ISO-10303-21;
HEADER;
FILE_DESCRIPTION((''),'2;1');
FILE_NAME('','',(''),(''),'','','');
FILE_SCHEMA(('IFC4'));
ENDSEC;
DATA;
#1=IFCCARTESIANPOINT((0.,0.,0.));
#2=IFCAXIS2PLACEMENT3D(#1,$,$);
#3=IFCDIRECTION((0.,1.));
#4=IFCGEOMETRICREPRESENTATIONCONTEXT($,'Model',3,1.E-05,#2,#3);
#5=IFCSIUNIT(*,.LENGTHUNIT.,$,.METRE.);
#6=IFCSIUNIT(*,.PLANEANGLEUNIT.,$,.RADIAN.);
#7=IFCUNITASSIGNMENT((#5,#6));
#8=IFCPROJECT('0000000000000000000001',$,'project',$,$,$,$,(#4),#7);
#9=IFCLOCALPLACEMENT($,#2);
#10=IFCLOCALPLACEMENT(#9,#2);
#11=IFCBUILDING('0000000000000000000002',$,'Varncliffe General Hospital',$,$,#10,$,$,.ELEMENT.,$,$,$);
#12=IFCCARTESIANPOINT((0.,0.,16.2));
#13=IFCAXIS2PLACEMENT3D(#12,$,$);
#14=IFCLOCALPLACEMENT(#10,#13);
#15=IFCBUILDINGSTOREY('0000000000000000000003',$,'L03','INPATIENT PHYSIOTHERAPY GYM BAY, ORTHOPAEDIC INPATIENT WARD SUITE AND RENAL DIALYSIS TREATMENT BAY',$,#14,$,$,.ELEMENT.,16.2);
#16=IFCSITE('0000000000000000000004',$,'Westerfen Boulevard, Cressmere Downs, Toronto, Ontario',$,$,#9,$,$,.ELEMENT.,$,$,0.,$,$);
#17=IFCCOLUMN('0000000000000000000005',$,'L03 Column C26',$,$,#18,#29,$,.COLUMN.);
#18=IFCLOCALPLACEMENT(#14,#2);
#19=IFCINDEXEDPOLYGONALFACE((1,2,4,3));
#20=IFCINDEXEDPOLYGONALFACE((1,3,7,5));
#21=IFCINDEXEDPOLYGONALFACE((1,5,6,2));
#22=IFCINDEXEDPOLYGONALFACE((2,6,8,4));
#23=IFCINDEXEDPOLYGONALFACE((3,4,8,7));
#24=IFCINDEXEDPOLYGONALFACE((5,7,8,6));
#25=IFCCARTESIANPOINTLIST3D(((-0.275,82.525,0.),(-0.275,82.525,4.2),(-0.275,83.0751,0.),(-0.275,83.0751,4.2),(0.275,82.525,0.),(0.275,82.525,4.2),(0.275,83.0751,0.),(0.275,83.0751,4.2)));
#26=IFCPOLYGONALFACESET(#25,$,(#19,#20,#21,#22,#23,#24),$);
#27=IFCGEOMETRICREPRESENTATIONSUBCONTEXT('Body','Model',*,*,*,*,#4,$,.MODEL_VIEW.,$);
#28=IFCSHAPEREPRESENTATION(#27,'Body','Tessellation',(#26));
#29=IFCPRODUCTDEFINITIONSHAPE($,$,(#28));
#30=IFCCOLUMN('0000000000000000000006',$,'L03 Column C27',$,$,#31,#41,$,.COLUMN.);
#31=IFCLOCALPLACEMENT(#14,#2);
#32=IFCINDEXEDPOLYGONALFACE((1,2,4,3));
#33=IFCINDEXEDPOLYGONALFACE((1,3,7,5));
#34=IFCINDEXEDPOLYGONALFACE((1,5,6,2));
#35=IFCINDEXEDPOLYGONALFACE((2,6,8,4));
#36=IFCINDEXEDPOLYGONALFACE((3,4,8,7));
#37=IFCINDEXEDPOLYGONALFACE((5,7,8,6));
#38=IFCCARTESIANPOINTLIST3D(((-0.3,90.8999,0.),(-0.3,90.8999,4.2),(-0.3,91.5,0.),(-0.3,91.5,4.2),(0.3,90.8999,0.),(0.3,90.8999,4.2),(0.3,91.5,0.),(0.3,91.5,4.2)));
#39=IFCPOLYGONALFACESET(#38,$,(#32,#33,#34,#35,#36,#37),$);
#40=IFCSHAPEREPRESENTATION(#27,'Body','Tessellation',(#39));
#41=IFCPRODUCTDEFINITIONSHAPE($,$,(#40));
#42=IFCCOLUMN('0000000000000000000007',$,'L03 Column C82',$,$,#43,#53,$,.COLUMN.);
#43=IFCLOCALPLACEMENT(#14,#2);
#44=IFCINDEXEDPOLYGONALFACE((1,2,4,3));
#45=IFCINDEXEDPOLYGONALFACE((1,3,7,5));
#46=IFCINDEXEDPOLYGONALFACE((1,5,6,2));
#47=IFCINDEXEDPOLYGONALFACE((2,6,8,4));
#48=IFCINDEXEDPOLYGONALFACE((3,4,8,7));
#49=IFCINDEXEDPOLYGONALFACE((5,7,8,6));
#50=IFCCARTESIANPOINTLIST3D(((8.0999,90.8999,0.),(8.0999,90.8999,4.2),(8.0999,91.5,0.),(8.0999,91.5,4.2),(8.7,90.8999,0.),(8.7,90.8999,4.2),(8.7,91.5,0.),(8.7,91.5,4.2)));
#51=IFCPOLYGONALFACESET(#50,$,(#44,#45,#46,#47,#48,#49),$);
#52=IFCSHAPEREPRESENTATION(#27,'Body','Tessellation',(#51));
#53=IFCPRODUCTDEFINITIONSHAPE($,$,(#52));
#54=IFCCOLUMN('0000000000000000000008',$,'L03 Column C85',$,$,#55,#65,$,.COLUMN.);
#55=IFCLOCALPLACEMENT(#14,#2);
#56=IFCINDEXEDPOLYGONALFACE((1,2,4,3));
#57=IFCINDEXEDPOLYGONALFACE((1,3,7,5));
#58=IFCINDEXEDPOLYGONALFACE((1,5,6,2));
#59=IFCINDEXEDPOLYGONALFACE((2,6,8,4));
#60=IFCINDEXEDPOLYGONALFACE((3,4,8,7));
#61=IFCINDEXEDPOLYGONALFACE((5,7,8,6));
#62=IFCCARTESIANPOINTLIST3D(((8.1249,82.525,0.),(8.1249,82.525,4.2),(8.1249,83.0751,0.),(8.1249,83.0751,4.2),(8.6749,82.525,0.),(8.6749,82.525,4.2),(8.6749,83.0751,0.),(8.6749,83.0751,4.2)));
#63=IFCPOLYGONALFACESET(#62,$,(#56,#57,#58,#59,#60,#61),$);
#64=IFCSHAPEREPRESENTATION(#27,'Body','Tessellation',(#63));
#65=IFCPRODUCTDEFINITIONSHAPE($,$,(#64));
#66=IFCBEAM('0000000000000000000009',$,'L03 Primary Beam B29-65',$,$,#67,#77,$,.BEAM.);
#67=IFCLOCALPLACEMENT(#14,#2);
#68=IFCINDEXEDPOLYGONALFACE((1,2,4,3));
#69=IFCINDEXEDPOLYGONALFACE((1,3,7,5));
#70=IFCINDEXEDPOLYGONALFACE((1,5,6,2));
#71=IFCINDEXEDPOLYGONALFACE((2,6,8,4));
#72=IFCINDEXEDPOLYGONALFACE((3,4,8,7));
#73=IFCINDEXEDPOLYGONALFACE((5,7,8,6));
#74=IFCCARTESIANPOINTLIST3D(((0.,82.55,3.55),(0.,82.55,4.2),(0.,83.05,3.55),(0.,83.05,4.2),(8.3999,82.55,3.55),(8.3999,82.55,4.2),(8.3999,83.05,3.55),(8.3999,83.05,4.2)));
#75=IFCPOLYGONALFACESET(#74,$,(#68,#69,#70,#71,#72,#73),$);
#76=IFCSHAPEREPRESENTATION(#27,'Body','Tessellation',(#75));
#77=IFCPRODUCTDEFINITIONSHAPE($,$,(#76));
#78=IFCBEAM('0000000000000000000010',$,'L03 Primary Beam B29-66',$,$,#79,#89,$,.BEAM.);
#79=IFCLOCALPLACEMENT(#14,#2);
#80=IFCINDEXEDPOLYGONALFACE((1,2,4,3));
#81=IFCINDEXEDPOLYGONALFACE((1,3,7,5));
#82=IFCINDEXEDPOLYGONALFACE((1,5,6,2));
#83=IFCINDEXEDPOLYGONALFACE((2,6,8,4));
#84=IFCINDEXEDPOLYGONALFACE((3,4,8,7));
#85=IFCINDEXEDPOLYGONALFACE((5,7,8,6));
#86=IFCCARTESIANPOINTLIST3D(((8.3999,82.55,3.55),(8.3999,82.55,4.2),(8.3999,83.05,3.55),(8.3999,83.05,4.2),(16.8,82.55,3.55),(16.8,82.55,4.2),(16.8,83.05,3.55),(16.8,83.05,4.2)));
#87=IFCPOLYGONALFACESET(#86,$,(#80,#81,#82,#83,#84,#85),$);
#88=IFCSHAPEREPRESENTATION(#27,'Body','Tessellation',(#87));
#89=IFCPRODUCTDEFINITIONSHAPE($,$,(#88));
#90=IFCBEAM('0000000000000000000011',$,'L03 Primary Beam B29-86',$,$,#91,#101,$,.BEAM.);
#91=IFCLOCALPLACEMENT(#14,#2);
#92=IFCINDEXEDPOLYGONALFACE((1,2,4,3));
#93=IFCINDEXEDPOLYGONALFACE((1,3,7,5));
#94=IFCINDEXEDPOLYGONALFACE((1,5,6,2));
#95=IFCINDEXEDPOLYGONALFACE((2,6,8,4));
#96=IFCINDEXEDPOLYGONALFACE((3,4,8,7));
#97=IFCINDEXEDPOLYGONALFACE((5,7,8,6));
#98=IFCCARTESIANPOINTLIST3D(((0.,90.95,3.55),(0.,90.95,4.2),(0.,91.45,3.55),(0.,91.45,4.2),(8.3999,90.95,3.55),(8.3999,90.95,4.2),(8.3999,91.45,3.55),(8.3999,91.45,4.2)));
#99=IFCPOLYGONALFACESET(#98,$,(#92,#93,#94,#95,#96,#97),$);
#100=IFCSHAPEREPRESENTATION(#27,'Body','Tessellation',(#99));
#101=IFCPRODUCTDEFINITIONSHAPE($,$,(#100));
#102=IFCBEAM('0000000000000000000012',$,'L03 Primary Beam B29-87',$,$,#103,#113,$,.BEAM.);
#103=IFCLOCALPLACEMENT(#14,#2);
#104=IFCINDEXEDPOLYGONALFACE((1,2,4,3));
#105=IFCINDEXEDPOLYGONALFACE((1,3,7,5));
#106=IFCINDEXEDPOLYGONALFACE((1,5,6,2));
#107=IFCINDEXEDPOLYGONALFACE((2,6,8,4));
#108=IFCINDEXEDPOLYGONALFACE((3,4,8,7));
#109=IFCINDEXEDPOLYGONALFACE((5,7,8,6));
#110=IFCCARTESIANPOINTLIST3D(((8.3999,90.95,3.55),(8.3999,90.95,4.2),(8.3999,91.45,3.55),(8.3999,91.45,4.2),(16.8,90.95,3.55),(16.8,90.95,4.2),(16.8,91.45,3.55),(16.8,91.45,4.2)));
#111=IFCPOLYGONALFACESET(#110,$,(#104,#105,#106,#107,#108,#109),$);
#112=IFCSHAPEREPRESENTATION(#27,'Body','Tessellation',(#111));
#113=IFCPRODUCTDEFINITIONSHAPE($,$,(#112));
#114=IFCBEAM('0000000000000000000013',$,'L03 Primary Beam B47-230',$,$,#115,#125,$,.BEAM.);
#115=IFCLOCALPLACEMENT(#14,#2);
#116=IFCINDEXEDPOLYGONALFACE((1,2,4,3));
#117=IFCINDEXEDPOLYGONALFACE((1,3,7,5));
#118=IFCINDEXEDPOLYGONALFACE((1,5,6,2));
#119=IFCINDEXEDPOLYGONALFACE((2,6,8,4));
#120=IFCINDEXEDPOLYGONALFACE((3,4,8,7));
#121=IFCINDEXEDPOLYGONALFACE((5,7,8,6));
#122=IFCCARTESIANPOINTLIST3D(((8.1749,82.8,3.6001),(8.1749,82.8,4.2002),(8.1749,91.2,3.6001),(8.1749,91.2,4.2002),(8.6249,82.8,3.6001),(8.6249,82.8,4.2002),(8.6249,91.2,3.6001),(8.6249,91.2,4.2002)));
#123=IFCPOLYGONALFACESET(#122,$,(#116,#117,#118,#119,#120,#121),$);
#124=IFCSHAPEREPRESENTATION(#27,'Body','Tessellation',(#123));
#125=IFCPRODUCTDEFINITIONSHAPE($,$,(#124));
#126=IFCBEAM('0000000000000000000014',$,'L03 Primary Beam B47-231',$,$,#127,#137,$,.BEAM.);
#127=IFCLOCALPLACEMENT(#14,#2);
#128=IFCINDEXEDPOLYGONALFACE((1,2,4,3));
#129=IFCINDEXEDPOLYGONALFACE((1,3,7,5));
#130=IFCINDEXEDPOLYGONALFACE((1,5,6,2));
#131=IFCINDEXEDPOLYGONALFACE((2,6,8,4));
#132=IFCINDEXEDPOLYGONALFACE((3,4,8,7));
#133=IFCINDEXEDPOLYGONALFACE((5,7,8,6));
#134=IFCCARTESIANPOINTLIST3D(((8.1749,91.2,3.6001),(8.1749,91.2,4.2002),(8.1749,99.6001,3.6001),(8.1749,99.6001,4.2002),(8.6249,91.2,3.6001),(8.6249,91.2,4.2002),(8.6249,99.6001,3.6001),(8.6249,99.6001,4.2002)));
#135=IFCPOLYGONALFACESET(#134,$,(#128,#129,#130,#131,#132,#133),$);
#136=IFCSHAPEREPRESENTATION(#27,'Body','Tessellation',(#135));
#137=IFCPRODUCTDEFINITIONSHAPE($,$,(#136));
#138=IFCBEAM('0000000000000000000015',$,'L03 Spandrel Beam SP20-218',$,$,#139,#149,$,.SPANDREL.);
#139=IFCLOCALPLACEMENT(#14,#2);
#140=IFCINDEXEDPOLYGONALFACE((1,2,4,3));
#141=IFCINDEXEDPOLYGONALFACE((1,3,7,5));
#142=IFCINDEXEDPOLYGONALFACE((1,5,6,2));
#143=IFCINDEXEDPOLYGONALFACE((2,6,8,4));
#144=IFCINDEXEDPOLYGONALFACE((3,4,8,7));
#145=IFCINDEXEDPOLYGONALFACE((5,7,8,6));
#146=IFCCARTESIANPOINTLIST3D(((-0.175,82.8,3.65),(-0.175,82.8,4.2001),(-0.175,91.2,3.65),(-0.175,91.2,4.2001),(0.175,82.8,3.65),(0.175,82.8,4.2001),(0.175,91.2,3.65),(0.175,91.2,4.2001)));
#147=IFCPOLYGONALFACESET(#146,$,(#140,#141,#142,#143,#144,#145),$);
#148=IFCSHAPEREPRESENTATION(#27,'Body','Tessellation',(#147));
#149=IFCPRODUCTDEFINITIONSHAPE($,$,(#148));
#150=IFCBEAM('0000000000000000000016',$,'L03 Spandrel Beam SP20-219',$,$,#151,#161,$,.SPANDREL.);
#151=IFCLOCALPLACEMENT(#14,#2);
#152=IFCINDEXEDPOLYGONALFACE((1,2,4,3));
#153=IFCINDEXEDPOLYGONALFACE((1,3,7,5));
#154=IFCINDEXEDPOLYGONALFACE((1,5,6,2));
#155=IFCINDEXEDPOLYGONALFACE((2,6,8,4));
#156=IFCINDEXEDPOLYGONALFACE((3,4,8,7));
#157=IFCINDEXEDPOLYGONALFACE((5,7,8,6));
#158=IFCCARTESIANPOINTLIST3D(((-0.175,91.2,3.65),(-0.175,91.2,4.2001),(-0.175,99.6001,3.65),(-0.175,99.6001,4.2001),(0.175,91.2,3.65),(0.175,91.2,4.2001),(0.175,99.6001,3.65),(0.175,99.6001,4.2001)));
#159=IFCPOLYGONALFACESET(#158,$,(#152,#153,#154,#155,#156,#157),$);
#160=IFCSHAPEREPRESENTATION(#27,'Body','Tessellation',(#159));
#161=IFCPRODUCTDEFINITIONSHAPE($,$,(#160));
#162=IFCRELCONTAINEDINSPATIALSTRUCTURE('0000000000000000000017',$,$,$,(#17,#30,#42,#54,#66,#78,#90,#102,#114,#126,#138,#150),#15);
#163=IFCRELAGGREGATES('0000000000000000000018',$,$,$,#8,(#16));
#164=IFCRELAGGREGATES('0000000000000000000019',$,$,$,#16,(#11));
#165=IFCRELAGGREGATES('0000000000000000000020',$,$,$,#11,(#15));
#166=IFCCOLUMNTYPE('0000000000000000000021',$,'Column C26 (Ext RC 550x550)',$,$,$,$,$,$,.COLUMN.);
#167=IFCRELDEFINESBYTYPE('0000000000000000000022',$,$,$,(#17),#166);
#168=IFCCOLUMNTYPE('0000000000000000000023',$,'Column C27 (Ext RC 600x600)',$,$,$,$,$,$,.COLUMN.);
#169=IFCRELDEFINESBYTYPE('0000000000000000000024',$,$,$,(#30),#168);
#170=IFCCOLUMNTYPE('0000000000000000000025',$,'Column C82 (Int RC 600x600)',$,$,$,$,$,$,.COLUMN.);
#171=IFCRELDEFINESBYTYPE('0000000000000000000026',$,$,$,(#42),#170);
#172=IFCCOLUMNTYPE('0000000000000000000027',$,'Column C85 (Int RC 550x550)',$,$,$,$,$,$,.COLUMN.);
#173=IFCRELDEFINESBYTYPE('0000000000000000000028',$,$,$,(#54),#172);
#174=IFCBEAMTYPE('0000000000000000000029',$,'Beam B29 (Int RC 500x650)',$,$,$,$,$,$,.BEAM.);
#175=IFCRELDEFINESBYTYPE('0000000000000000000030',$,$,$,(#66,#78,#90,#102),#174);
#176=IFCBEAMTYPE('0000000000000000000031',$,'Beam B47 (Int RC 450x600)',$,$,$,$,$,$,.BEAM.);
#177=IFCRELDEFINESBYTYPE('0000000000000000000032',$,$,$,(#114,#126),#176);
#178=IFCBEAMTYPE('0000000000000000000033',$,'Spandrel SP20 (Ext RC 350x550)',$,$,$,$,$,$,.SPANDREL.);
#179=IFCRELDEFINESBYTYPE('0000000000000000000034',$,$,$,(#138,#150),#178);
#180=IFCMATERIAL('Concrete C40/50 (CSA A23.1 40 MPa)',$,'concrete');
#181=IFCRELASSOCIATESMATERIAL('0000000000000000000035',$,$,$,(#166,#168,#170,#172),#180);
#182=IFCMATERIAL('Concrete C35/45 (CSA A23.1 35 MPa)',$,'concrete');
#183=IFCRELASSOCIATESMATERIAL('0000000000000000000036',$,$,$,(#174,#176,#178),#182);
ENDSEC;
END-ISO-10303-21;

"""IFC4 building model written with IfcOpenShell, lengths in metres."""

from ifc_helpers import new_model, si_unit, direction, frame, origin, origin_2d, place, context, subcontext, project, spatial, rectangle, extrude, material, material_profile, profile_set, type_object, element, save


model = new_model("IFC4")

# Units and contexts
model_context = context("Model", 3, precision=1e-05, world=origin(), true_north=direction((0.0, 1.0)))
body_context = subcontext(model_context, "Body", "Model", "MODEL_VIEW")
ifc_project = project(units=[si_unit("LENGTHUNIT", "METRE"), si_unit("PLANEANGLEUNIT", "RADIAN")], contexts=[model_context])

# Site, building, storey
site_placement = place(None, origin())
site = spatial("IfcSite", under=ifc_project, at=site_placement, Name="Westerfen Boulevard, Cressmere Downs, Toronto, Ontario", CompositionType="ELEMENT", RefElevation=0.0)
building_placement = place(site_placement, origin())
building = spatial("IfcBuilding", under=site, at=building_placement, Name="Varncliffe General Hospital", CompositionType="ELEMENT")
storey_placement = place(building_placement, frame((0.0, 0.0, 16.2)))
storey = spatial("IfcBuildingStorey", under=building, at=storey_placement, Name="L03", Description="INPATIENT PHYSIOTHERAPY GYM BAY, ORTHOPAEDIC INPATIENT WARD SUITE AND RENAL DIALYSIS TREATMENT BAY", CompositionType="ELEMENT", Elevation=16.2)

# Columns
ifc_material_1 = material(Name="Concrete C40/50 (CSA A23.1 40 MPa)", Category="concrete")
ifc_material_profile_1 = material_profile(ifc_material_1, rectangle(XDim=0.55, YDim=0.55, at=origin_2d()), Name="RC 550x550")
ifc_profile_set_1 = profile_set([ifc_material_profile_1], Name="Concrete C40/50 (CSA A23.1 40 MPa)")
column_type_1 = type_object("IfcColumnType", Name="Column C26 (Ext RC 550x550)", PredefinedType="COLUMN", material=ifc_profile_set_1)
column_1_placement = place(storey_placement, frame((0.0, 82.8, 0.0), z_axis=(0.0, 0.0, 1.0), x_axis=(1.0, 0.0, 0.0)))
element("IfcColumn", 1, at=column_1_placement, inside=storey, type_object=column_type_1, Name="L03 Column C26", PredefinedType="COLUMN", context=body_context, shape_type="SweptSolid", body=[
    extrude(rectangle(XDim=0.55, YDim=0.55, at=origin_2d()), origin(), (0.0, 0.0, 1.0), 4.2),
])
ifc_material_profile_2 = material_profile(ifc_material_1, rectangle(XDim=0.6001, YDim=0.6001, at=origin_2d()), Name="RC 600x600")
ifc_profile_set_2 = profile_set([ifc_material_profile_2], Name="Concrete C40/50 (CSA A23.1 40 MPa)")
column_type_2 = type_object("IfcColumnType", Name="Column C27 (Ext RC 600x600)", PredefinedType="COLUMN", material=ifc_profile_set_2)
column_2_placement = place(storey_placement, frame((0.0, 91.2, 0.0), z_axis=(0.0, 0.0, 1.0), x_axis=(1.0, 0.0, 0.0)))
element("IfcColumn", 2, at=column_2_placement, inside=storey, type_object=column_type_2, Name="L03 Column C27", PredefinedType="COLUMN", context=body_context, shape_type="SweptSolid", body=[
    extrude(rectangle(XDim=0.6001, YDim=0.6001, at=origin_2d()), origin(), (0.0, 0.0, 1.0), 4.2),
])
ifc_material_profile_3 = material_profile(ifc_material_1, rectangle(XDim=0.6001, YDim=0.6001, at=origin_2d()), Name="RC 600x600")
ifc_profile_set_3 = profile_set([ifc_material_profile_3], Name="Concrete C40/50 (CSA A23.1 40 MPa)")
column_type_3 = type_object("IfcColumnType", Name="Column C82 (Int RC 600x600)", PredefinedType="COLUMN", material=ifc_profile_set_3)
column_3_placement = place(storey_placement, frame((8.3999, 91.2, 0.0), z_axis=(0.0, 0.0, 1.0), x_axis=(1.0, 0.0, 0.0)))
element("IfcColumn", 3, at=column_3_placement, inside=storey, type_object=column_type_3, Name="L03 Column C82", PredefinedType="COLUMN", context=body_context, shape_type="SweptSolid", body=[
    extrude(rectangle(XDim=0.6001, YDim=0.6001, at=origin_2d()), origin(), (0.0, 0.0, 1.0), 4.2),
])
ifc_material_profile_4 = material_profile(ifc_material_1, rectangle(XDim=0.55, YDim=0.55, at=origin_2d()), Name="RC 550x550")
ifc_profile_set_4 = profile_set([ifc_material_profile_4], Name="Concrete C40/50 (CSA A23.1 40 MPa)")
column_type_4 = type_object("IfcColumnType", Name="Column C85 (Int RC 550x550)", PredefinedType="COLUMN", material=ifc_profile_set_4)
column_4_placement = place(storey_placement, frame((8.3999, 82.8, 0.0), z_axis=(0.0, 0.0, 1.0), x_axis=(1.0, 0.0, 0.0)))
element("IfcColumn", 4, at=column_4_placement, inside=storey, type_object=column_type_4, Name="L03 Column C85", PredefinedType="COLUMN", context=body_context, shape_type="SweptSolid", body=[
    extrude(rectangle(XDim=0.55, YDim=0.55, at=origin_2d()), origin(), (0.0, 0.0, 1.0), 4.2),
])

# Beams
ifc_material_2 = material(Name="Concrete C35/45 (CSA A23.1 35 MPa)", Category="concrete")
ifc_material_profile_5 = material_profile(ifc_material_2, rectangle(XDim=0.5, YDim=0.6499, at=origin_2d()), Name="RC 500x650")
ifc_profile_set_5 = profile_set([ifc_material_profile_5], Name="Concrete C35/45 (CSA A23.1 35 MPa)")
beam_type_1 = type_object("IfcBeamType", Name="Beam B29 (Int RC 500x650)", PredefinedType="BEAM", material=ifc_profile_set_5)
beam_1_placement = place(storey_placement, frame((0.0, 82.8, 3.875), z_axis=(1.0, 0.0, 0.0), x_axis=(0.0, 1.0, 0.0)))
element("IfcBeam", 5, at=beam_1_placement, inside=storey, type_object=beam_type_1, Name="L03 Primary Beam B29-65", PredefinedType="BEAM", context=body_context, shape_type="SweptSolid", body=[
    extrude(rectangle(XDim=0.5, YDim=0.6499, at=origin_2d()), origin(), (0.0, 0.0, 1.0), 8.3999),
])
beam_2_placement = place(storey_placement, frame((8.3999, 82.8, 3.875), z_axis=(1.0, 0.0, 0.0), x_axis=(0.0, 1.0, 0.0)))
element("IfcBeam", 6, at=beam_2_placement, inside=storey, type_object=beam_type_1, Name="L03 Primary Beam B29-66", PredefinedType="BEAM", context=body_context, shape_type="SweptSolid", body=[
    extrude(rectangle(XDim=0.5, YDim=0.6499, at=origin_2d()), origin(), (0.0, 0.0, 1.0), 8.4001),
])
beam_3_placement = place(storey_placement, frame((0.0, 91.2, 3.875), z_axis=(1.0, 0.0, 0.0), x_axis=(0.0, 1.0, 0.0)))
element("IfcBeam", 7, at=beam_3_placement, inside=storey, type_object=beam_type_1, Name="L03 Primary Beam B29-86", PredefinedType="BEAM", context=body_context, shape_type="SweptSolid", body=[
    extrude(rectangle(XDim=0.5, YDim=0.6499, at=origin_2d()), origin(), (0.0, 0.0, 1.0), 8.3999),
])
beam_4_placement = place(storey_placement, frame((8.3999, 91.2, 3.875), z_axis=(1.0, 0.0, 0.0), x_axis=(0.0, 1.0, 0.0)))
element("IfcBeam", 8, at=beam_4_placement, inside=storey, type_object=beam_type_1, Name="L03 Primary Beam B29-87", PredefinedType="BEAM", context=body_context, shape_type="SweptSolid", body=[
    extrude(rectangle(XDim=0.5, YDim=0.6499, at=origin_2d()), origin(), (0.0, 0.0, 1.0), 8.4001),
])
ifc_material_profile_6 = material_profile(ifc_material_2, rectangle(XDim=0.45, YDim=0.6001, at=origin_2d()), Name="RC 450x600")
ifc_profile_set_6 = profile_set([ifc_material_profile_6], Name="Concrete C35/45 (CSA A23.1 35 MPa)")
beam_type_2 = type_object("IfcBeamType", Name="Beam B47 (Int RC 450x600)", PredefinedType="BEAM", material=ifc_profile_set_6)
beam_5_placement = place(storey_placement, frame((8.3999, 82.8, 3.9001), z_axis=(0.0, 1.0, 0.0), x_axis=(-1.0, 0.0, 0.0)))
element("IfcBeam", 9, at=beam_5_placement, inside=storey, type_object=beam_type_2, Name="L03 Primary Beam B47-230", PredefinedType="BEAM", context=body_context, shape_type="SweptSolid", body=[
    extrude(rectangle(XDim=0.45, YDim=0.6001, at=origin_2d()), origin(), (0.0, 0.0, 1.0), 8.3999),
])
beam_6_placement = place(storey_placement, frame((8.3999, 91.2, 3.9001), z_axis=(0.0, 1.0, 0.0), x_axis=(-1.0, 0.0, 0.0)))
element("IfcBeam", 10, at=beam_6_placement, inside=storey, type_object=beam_type_2, Name="L03 Primary Beam B47-231", PredefinedType="BEAM", context=body_context, shape_type="SweptSolid", body=[
    extrude(rectangle(XDim=0.45, YDim=0.6001, at=origin_2d()), origin(), (0.0, 0.0, 1.0), 8.4001),
])
ifc_material_profile_7 = material_profile(ifc_material_2, rectangle(XDim=0.3501, YDim=0.55, at=origin_2d()), Name="RC 350x550")
ifc_profile_set_7 = profile_set([ifc_material_profile_7], Name="Concrete C35/45 (CSA A23.1 35 MPa)")
beam_type_3 = type_object("IfcBeamType", Name="Spandrel SP20 (Ext RC 350x550)", PredefinedType="SPANDREL", material=ifc_profile_set_7)
beam_7_placement = place(storey_placement, frame((0.0, 82.8, 3.925), z_axis=(0.0, 1.0, 0.0), x_axis=(-1.0, 0.0, 0.0)))
element("IfcBeam", 11, at=beam_7_placement, inside=storey, type_object=beam_type_3, Name="L03 Spandrel Beam SP20-218", PredefinedType="SPANDREL", context=body_context, shape_type="SweptSolid", body=[
    extrude(rectangle(XDim=0.3501, YDim=0.55, at=origin_2d()), origin(), (0.0, 0.0, 1.0), 8.3999),
])
beam_8_placement = place(storey_placement, frame((0.0, 91.2, 3.925), z_axis=(0.0, 1.0, 0.0), x_axis=(-1.0, 0.0, 0.0)))
element("IfcBeam", 12, at=beam_8_placement, inside=storey, type_object=beam_type_3, Name="L03 Spandrel Beam SP20-219", PredefinedType="SPANDREL", context=body_context, shape_type="SweptSolid", body=[
    extrude(rectangle(XDim=0.3501, YDim=0.55, at=origin_2d()), origin(), (0.0, 0.0, 1.0), 8.4001),
])

save(model, "model.ifc")
